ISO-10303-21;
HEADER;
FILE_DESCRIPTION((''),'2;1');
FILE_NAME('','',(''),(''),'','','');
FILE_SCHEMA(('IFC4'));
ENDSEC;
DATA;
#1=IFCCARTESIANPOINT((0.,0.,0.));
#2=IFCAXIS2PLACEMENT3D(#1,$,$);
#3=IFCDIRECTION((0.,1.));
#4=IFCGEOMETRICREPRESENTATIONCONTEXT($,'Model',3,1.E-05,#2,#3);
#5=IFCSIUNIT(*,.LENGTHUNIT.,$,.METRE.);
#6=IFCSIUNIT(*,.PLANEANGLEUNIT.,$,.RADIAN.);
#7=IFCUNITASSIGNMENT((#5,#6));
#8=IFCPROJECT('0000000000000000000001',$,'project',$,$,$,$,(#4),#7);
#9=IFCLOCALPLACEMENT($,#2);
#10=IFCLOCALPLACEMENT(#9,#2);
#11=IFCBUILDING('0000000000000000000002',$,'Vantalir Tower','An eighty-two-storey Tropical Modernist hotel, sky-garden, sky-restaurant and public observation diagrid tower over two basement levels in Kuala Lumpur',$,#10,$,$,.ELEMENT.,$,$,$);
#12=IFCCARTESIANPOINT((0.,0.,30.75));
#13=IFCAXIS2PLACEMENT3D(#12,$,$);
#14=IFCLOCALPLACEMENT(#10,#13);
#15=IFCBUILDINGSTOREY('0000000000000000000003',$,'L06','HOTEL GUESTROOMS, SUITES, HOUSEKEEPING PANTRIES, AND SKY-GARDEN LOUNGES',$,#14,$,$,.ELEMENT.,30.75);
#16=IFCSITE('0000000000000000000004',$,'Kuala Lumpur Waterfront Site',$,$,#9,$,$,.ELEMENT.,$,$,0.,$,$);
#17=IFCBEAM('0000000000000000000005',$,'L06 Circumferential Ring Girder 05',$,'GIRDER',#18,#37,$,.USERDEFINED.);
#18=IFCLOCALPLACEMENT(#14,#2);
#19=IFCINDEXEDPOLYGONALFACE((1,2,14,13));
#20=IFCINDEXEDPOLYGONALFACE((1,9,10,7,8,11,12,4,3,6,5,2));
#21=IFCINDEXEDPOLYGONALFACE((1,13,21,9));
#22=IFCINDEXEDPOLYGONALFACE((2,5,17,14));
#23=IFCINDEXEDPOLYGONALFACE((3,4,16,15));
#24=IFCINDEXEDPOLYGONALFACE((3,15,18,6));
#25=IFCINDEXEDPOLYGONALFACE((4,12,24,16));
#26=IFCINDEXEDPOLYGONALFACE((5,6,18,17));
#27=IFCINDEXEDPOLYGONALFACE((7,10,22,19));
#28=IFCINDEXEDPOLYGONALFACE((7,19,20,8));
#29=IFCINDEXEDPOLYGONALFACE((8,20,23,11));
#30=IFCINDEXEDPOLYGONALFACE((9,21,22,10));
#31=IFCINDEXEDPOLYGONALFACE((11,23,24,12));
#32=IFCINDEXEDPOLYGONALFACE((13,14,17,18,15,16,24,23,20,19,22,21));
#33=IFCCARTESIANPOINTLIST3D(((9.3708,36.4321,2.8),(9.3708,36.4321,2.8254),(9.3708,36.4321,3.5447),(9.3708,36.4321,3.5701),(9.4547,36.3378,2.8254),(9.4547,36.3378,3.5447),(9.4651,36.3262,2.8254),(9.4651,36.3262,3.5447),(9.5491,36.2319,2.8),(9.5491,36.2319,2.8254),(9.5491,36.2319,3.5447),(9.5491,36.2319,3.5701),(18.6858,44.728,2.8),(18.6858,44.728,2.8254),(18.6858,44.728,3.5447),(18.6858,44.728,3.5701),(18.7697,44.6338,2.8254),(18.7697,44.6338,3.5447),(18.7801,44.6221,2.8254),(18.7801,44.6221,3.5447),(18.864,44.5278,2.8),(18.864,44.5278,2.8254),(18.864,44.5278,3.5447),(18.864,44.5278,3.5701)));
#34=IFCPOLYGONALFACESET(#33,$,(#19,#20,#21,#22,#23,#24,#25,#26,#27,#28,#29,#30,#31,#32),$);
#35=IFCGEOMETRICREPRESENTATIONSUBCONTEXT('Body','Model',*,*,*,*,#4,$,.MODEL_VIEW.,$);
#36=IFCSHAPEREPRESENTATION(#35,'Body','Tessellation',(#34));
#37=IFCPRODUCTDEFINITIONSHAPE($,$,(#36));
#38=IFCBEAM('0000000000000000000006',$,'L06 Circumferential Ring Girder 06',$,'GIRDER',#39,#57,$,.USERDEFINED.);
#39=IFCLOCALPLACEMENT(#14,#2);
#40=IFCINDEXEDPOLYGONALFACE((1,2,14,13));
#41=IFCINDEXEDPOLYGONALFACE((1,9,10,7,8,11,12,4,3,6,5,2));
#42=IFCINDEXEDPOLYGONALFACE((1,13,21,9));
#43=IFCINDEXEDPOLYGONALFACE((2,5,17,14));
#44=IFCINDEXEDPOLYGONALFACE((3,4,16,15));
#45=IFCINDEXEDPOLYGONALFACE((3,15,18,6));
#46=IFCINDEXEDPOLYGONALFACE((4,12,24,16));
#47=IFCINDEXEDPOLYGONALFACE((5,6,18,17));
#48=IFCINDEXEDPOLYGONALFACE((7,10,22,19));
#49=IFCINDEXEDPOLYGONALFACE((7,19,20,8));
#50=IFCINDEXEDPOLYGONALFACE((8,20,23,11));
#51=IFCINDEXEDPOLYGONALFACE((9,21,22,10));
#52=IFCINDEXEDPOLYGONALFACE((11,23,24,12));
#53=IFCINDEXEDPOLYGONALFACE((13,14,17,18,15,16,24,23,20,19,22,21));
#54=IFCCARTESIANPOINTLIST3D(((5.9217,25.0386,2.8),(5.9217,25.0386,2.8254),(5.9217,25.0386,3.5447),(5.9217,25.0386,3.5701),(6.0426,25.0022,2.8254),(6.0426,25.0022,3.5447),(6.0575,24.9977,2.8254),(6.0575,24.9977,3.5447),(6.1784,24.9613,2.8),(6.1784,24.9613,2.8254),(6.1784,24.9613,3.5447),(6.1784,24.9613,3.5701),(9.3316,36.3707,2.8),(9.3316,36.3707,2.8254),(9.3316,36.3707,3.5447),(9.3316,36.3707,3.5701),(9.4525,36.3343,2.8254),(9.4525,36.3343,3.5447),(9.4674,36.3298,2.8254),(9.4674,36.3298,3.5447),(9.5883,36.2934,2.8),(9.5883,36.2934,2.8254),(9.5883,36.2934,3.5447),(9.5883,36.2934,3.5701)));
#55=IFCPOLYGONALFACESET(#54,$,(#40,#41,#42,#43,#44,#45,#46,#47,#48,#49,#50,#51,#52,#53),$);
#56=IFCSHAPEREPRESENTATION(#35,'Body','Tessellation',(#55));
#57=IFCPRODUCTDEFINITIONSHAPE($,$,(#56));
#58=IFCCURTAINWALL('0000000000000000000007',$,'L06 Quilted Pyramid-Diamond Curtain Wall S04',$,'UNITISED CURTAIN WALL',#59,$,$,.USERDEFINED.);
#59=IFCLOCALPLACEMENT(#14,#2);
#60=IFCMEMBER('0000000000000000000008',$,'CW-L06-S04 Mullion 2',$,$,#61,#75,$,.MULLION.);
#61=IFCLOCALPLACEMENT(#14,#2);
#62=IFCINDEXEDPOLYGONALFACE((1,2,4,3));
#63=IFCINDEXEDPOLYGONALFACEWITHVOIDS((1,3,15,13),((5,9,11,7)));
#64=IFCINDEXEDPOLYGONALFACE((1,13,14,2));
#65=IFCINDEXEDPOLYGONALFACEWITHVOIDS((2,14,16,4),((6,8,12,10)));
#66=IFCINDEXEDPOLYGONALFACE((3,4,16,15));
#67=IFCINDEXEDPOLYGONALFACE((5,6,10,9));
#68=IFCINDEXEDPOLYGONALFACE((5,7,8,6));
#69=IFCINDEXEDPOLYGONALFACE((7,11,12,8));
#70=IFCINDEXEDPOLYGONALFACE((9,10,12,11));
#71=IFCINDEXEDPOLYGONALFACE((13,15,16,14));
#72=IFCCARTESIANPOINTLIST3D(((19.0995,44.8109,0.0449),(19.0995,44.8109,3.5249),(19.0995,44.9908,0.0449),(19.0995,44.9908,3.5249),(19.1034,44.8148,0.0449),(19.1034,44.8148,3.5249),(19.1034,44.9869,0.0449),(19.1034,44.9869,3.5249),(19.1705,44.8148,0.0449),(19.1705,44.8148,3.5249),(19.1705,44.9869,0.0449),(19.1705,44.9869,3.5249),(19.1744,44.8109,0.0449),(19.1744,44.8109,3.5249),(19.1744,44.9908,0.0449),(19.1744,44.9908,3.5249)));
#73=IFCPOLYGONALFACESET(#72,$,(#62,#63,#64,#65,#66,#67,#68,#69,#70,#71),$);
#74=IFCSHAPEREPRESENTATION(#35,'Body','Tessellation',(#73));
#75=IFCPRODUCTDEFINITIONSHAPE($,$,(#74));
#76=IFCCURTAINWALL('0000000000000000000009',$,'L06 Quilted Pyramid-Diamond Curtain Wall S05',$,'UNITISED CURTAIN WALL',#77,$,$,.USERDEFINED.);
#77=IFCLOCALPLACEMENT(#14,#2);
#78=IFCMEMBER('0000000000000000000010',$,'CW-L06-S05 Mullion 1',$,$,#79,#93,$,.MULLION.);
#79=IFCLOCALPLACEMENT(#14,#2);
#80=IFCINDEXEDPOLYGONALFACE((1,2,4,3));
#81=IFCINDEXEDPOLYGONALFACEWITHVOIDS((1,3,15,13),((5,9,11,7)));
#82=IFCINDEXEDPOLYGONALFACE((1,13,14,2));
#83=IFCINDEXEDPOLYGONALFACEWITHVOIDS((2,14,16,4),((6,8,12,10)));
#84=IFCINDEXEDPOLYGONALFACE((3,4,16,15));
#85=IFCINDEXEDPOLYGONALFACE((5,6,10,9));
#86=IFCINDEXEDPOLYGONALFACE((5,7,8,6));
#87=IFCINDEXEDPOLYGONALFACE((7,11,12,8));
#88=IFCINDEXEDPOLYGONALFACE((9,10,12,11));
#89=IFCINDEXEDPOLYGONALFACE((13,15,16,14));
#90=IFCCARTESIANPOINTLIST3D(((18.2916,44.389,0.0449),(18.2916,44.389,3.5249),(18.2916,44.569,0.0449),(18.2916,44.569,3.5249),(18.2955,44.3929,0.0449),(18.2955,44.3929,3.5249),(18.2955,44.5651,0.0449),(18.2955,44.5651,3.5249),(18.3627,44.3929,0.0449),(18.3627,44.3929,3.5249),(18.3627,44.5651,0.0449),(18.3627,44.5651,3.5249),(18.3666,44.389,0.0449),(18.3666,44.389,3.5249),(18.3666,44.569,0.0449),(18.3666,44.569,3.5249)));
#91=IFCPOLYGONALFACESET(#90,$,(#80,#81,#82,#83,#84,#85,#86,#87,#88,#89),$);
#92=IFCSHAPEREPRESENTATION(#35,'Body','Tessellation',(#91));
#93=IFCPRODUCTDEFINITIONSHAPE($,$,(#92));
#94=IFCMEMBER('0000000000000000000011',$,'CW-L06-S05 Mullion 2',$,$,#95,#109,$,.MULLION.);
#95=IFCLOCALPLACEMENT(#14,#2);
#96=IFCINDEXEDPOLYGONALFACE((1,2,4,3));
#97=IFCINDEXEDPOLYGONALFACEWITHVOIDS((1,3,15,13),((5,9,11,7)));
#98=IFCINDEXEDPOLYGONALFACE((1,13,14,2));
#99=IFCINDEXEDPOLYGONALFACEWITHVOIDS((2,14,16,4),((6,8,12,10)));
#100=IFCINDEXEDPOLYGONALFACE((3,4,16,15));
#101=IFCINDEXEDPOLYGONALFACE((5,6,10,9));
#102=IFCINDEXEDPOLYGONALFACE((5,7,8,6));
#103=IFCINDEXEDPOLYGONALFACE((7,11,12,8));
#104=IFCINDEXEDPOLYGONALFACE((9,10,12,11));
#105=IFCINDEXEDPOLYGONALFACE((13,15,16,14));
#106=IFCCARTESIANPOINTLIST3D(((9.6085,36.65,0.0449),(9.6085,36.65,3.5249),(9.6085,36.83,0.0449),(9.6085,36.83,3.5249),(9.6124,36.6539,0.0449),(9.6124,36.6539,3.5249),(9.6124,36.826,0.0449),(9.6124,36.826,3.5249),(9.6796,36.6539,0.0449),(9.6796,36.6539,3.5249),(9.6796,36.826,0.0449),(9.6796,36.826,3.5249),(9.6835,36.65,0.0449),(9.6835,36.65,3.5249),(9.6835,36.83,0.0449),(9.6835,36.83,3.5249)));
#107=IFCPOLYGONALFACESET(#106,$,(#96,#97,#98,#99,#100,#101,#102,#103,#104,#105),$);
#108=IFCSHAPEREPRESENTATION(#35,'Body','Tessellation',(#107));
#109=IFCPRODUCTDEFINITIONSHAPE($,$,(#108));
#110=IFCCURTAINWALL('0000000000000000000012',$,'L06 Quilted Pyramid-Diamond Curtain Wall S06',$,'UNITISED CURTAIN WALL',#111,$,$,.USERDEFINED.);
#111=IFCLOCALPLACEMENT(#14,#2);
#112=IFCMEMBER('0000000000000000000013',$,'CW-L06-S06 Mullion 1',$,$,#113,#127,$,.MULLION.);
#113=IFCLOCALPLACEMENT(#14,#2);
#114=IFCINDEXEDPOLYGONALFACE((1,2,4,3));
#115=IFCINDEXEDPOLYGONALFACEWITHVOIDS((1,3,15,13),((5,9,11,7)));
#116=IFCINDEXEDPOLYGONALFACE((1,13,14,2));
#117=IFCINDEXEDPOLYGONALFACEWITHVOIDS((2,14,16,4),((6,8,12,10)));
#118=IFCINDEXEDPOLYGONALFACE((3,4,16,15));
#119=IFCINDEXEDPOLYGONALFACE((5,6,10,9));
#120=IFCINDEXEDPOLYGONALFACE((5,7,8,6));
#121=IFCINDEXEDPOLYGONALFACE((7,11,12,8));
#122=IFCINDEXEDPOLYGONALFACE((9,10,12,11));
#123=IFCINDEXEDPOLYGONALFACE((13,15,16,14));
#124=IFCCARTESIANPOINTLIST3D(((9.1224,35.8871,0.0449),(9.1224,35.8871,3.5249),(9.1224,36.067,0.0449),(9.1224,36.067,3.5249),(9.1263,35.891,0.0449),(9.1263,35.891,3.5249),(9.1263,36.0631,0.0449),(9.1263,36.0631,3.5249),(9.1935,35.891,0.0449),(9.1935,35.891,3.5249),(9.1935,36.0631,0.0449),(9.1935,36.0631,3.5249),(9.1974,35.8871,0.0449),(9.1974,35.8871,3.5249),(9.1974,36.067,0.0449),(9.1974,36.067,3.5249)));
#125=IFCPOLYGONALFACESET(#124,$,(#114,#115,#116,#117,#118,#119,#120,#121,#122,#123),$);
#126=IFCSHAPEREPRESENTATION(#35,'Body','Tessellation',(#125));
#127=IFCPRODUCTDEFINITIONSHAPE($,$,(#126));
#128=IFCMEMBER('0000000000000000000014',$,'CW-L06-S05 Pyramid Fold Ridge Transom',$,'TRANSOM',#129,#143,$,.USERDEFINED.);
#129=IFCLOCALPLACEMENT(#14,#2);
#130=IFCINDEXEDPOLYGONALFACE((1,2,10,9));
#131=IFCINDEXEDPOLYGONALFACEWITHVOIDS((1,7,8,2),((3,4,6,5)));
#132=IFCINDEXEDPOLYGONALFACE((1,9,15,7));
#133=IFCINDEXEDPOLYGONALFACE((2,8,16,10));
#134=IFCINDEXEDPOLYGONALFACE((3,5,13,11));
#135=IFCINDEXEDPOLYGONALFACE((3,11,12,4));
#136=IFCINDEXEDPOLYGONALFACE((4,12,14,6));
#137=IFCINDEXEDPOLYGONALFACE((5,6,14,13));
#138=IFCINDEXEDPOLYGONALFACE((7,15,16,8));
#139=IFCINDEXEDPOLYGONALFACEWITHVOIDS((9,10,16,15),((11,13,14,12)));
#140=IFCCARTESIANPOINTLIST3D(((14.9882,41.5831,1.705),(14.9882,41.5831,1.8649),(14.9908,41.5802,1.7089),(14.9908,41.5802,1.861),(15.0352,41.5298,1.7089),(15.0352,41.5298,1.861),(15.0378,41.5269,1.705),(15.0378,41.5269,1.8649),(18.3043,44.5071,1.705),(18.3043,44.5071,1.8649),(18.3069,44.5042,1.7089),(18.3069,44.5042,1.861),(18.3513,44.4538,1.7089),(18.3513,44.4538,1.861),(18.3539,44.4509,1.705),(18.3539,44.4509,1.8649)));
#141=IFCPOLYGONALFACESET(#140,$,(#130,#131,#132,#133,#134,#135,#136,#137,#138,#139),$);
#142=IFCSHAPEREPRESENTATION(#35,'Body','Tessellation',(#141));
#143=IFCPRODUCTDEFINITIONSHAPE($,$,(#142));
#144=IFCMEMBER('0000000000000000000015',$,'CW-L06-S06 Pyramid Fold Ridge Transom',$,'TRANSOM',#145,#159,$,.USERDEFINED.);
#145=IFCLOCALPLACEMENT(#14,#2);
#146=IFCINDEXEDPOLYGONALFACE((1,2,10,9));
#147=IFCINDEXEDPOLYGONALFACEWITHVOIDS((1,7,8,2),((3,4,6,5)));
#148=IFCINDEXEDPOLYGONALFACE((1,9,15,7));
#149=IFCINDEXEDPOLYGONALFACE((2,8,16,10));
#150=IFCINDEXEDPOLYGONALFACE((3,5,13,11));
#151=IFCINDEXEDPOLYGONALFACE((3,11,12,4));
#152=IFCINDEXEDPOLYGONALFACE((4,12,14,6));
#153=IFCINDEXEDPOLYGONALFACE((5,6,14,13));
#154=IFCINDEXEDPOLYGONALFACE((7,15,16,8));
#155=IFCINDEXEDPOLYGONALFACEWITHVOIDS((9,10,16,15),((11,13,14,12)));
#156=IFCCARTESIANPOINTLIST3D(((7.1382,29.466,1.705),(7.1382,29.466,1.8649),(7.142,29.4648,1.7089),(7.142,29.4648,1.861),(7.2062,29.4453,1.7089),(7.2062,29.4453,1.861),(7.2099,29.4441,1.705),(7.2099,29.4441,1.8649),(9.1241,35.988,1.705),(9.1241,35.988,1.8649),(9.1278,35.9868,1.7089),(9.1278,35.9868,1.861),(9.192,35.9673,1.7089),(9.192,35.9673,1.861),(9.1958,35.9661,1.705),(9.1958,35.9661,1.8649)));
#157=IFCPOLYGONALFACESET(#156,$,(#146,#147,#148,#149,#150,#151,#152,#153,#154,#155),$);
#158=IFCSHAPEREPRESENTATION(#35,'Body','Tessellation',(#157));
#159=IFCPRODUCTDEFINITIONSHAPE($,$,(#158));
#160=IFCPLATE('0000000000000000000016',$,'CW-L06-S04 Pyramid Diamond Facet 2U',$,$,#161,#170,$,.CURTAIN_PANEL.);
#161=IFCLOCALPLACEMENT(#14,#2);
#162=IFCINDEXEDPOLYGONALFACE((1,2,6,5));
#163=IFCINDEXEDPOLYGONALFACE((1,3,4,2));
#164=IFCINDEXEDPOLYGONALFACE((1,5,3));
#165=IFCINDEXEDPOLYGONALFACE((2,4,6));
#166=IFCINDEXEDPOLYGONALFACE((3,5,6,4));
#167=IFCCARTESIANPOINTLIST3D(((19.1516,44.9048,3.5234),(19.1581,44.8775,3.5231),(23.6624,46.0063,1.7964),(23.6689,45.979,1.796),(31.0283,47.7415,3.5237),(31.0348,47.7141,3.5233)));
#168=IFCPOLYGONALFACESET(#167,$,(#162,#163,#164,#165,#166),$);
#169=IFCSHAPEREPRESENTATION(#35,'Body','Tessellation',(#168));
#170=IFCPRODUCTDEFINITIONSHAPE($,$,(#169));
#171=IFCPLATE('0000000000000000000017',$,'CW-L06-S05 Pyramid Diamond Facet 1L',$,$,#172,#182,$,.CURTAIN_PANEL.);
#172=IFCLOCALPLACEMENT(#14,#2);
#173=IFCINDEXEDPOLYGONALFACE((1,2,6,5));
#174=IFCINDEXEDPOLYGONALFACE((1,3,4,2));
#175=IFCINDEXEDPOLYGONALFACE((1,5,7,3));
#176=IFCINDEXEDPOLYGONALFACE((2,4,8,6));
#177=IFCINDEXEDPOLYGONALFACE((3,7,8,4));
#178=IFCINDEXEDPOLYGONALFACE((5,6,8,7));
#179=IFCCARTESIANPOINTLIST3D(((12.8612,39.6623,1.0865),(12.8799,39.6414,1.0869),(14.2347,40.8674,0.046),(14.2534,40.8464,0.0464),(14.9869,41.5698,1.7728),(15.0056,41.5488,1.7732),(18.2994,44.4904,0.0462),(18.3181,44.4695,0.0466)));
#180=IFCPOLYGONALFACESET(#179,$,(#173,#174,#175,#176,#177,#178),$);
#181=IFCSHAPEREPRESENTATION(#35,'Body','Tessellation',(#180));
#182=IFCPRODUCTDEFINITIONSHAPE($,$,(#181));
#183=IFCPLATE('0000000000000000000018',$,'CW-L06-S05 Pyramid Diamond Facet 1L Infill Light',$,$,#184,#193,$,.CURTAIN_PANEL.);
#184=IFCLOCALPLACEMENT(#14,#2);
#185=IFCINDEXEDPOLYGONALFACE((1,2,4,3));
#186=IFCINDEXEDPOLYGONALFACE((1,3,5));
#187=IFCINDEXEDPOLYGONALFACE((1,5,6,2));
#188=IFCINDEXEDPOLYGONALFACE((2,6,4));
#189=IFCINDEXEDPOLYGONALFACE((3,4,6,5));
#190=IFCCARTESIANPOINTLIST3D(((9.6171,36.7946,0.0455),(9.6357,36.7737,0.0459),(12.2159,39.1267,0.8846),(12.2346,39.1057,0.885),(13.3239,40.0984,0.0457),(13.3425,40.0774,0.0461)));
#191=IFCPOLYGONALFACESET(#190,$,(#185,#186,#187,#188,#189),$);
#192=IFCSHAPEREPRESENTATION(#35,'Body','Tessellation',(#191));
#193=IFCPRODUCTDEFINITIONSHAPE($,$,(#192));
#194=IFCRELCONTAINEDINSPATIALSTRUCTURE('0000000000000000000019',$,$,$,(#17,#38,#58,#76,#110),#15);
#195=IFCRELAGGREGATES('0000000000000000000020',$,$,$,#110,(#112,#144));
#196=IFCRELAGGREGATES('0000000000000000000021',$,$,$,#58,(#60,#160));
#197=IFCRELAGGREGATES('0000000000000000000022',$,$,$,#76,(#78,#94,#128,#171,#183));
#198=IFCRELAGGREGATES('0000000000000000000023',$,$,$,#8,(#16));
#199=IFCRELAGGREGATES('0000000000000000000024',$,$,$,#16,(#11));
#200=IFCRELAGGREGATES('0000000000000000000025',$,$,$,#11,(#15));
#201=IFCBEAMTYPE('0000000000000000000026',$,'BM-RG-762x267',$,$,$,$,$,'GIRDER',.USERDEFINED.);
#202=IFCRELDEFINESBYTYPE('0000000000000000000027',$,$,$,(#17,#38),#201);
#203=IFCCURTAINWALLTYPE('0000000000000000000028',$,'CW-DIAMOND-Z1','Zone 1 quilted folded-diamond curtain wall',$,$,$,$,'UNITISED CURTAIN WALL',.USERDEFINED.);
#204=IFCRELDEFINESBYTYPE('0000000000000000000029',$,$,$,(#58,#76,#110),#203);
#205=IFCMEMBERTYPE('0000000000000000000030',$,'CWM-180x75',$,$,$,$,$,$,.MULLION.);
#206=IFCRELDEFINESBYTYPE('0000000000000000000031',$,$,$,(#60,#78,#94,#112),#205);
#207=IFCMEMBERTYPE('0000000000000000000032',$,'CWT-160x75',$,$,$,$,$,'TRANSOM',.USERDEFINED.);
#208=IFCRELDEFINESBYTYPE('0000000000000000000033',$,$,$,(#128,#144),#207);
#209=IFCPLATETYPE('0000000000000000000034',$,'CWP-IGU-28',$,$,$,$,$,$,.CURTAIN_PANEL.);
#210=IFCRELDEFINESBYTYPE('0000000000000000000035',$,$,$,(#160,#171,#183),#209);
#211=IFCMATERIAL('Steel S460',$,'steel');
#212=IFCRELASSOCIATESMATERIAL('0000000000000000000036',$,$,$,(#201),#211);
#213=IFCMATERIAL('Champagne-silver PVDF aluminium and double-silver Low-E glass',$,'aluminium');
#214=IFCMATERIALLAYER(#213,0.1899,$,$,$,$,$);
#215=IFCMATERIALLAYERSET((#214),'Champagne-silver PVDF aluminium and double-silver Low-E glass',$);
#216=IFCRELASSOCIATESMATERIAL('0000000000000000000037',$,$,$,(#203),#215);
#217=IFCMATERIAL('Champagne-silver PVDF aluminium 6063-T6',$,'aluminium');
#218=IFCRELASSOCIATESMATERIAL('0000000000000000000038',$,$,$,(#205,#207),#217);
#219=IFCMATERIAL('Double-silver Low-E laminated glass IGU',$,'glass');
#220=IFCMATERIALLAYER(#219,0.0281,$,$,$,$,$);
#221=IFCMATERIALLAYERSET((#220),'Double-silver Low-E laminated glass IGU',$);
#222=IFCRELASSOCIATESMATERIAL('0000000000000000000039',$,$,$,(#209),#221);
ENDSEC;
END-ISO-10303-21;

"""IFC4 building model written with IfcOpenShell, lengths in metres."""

from ifc_helpers import new_model, si_unit, direction, frame, origin, origin_2d, place, context, subcontext, project, spatial, polyline, hollow_rectangle, i_section, outline, extrude, material, layer, layer_set, material_profile, profile_set, type_object, element, aggregate, save


model = new_model("IFC4")

# Units and contexts
model_context = context("Model", 3, precision=1e-05, world=origin(), true_north=direction((0.0, 1.0)))
body_context = subcontext(model_context, "Body", "Model", "MODEL_VIEW")
ifc_project = project(units=[si_unit("LENGTHUNIT", "METRE"), si_unit("PLANEANGLEUNIT", "RADIAN")], contexts=[model_context])

# Site, building, storey
site_placement = place(None, origin())
site = spatial("IfcSite", under=ifc_project, at=site_placement, Name="Kuala Lumpur Waterfront Site", CompositionType="ELEMENT", RefElevation=0.0)
building_placement = place(site_placement, origin())
building = spatial("IfcBuilding", under=site, at=building_placement, Name="Vantalir Tower", Description="An eighty-two-storey Tropical Modernist hotel, sky-garden, sky-restaurant and public observation diagrid tower over two basement levels in Kuala Lumpur", CompositionType="ELEMENT")
storey_placement = place(building_placement, frame((0.0, 0.0, 30.75)))
storey = spatial("IfcBuildingStorey", under=building, at=storey_placement, Name="L06", Description="HOTEL GUESTROOMS, SUITES, HOUSEKEEPING PANTRIES, AND SKY-GARDEN LOUNGES", CompositionType="ELEMENT", Elevation=30.75)

# Shared definitions
ifc_material_1 = material(Name="Steel S460", Category="steel")

# Beams
ifc_material_profile_1 = material_profile(ifc_material_1, i_section(OverallWidth=0.2681, OverallDepth=0.77, WebThickness=0.0156, FlangeThickness=0.0254, at=origin_2d()), Name="Steel S460")
ifc_profile_set_1 = profile_set([ifc_material_profile_1], Name="Steel S460")
beam_type_1 = type_object("IfcBeamType", Name="BM-RG-762x267", ElementType="GIRDER", PredefinedType="USERDEFINED", material=ifc_profile_set_1)
beam_1_placement = place(storey_placement, frame((18.7749, 44.6279, 3.1851), z_axis=(-0.746774, -0.665078, 0.0), x_axis=(0.665078, -0.746774, 0.0)))
element("IfcBeam", 1, at=beam_1_placement, inside=storey, type_object=beam_type_1, Name="L06 Circumferential Ring Girder 05", ObjectType="GIRDER", PredefinedType="USERDEFINED", context=body_context, shape_type="SweptSolid", body=[
    extrude(i_section(OverallWidth=0.2681, OverallDepth=0.77, WebThickness=0.0156, FlangeThickness=0.0254, at=origin_2d()), origin(), (0.0, 0.0, 1.0), 12.4736),
])
beam_2_placement = place(storey_placement, frame((9.46, 36.332, 3.1851), z_axis=(-0.288147, -0.957586, 0.0), x_axis=(0.957586, -0.288147, 0.0)))
element("IfcBeam", 2, at=beam_2_placement, inside=storey, type_object=beam_type_1, Name="L06 Circumferential Ring Girder 06", ObjectType="GIRDER", PredefinedType="USERDEFINED", context=body_context, shape_type="SweptSolid", body=[
    extrude(i_section(OverallWidth=0.2681, OverallDepth=0.77, WebThickness=0.0156, FlangeThickness=0.0254, at=origin_2d()), origin(), (0.0, 0.0, 1.0), 11.834),
])

# Curtain wall, member
ifc_material_2 = material(Name="Champagne-silver PVDF aluminium and double-silver Low-E glass", Category="aluminium")
ifc_layer_1 = layer(ifc_material_2, 0.1899)
ifc_layer_set_1 = layer_set([ifc_layer_1], Name="Champagne-silver PVDF aluminium and double-silver Low-E glass")
curtain_wall_type = type_object("IfcCurtainWallType", Name="CW-DIAMOND-Z1", Description="Zone 1 quilted folded-diamond curtain wall", ElementType="UNITISED CURTAIN WALL", PredefinedType="USERDEFINED", material=ifc_layer_set_1)
curtain_wall_1_placement = place(storey_placement, origin())
curtain_wall_1 = element("IfcCurtainWall", 3, at=curtain_wall_1_placement, inside=storey, type_object=curtain_wall_type, Name="L06 Quilted Pyramid-Diamond Curtain Wall S04", ObjectType="UNITISED CURTAIN WALL", PredefinedType="USERDEFINED")
ifc_material_3 = material(Name="Champagne-silver PVDF aluminium 6063-T6", Category="aluminium")
ifc_material_profile_2 = material_profile(ifc_material_3, hollow_rectangle(XDim=0.075, YDim=0.1799, WallThickness=0.0039, at=origin_2d()), Name="Champagne-silver PVDF aluminium 6063-T6")
ifc_profile_set_2 = profile_set([ifc_material_profile_2], Name="Champagne-silver PVDF aluminium 6063-T6")
member_type_1 = type_object("IfcMemberType", Name="CWM-180x75", PredefinedType="MULLION", material=ifc_profile_set_2)
member_1_placement = place(storey_placement, frame((19.137, 44.9009, 0.0449), z_axis=(0.0, 0.0, 1.0), x_axis=(1.0, 0.0, 0.0)))
member_1 = element("IfcMember", 4, at=member_1_placement, type_object=member_type_1, Name="CW-L06-S04 Mullion 2", PredefinedType="MULLION", context=body_context, shape_type="SweptSolid", body=[
    extrude(hollow_rectangle(XDim=0.075, YDim=0.1799, WallThickness=0.0039, at=origin_2d()), origin(), (0.0, 0.0, 1.0), 3.48),
])

# Curtain wall, members
curtain_wall_2_placement = place(storey_placement, origin())
curtain_wall_2 = element("IfcCurtainWall", 5, at=curtain_wall_2_placement, inside=storey, type_object=curtain_wall_type, Name="L06 Quilted Pyramid-Diamond Curtain Wall S05", ObjectType="UNITISED CURTAIN WALL", PredefinedType="USERDEFINED")
member_2_placement = place(storey_placement, frame((18.3291, 44.479, 0.0449), z_axis=(0.0, 0.0, 1.0), x_axis=(1.0, 0.0, 0.0)))
member_2 = element("IfcMember", 6, at=member_2_placement, type_object=member_type_1, Name="CW-L06-S05 Mullion 1", PredefinedType="MULLION", context=body_context, shape_type="SweptSolid", body=[
    extrude(hollow_rectangle(XDim=0.075, YDim=0.1799, WallThickness=0.0039, at=origin_2d()), origin(), (0.0, 0.0, 1.0), 3.48),
])
member_3_placement = place(storey_placement, frame((9.646, 36.74, 0.0449), z_axis=(0.0, 0.0, 1.0), x_axis=(1.0, 0.0, 0.0)))
member_3 = element("IfcMember", 7, at=member_3_placement, type_object=member_type_1, Name="CW-L06-S05 Mullion 2", PredefinedType="MULLION", context=body_context, shape_type="SweptSolid", body=[
    extrude(hollow_rectangle(XDim=0.075, YDim=0.1799, WallThickness=0.0039, at=origin_2d()), origin(), (0.0, 0.0, 1.0), 3.48),
])

# Curtain wall, member
curtain_wall_3_placement = place(storey_placement, origin())
curtain_wall_3 = element("IfcCurtainWall", 8, at=curtain_wall_3_placement, inside=storey, type_object=curtain_wall_type, Name="L06 Quilted Pyramid-Diamond Curtain Wall S06", ObjectType="UNITISED CURTAIN WALL", PredefinedType="USERDEFINED")
member_4_placement = place(storey_placement, frame((9.1599, 35.9771, 0.0449), z_axis=(0.0, 0.0, 1.0), x_axis=(1.0, 0.0, 0.0)))
member_4 = element("IfcMember", 9, at=member_4_placement, type_object=member_type_1, Name="CW-L06-S06 Mullion 1", PredefinedType="MULLION", context=body_context, shape_type="SweptSolid", body=[
    extrude(hollow_rectangle(XDim=0.075, YDim=0.1799, WallThickness=0.0039, at=origin_2d()), origin(), (0.0, 0.0, 1.0), 3.48),
])

# Members
ifc_material_profile_3 = material_profile(ifc_material_3, hollow_rectangle(XDim=0.075, YDim=0.1599, WallThickness=0.0039, at=origin_2d()), Name="Champagne-silver PVDF aluminium 6063-T6")
ifc_profile_set_3 = profile_set([ifc_material_profile_3], Name="Champagne-silver PVDF aluminium 6063-T6")
member_type_2 = type_object("IfcMemberType", Name="CWT-160x75", ElementType="TRANSOM", PredefinedType="USERDEFINED", material=ifc_profile_set_3)
member_5_placement = place(storey_placement, frame((18.3291, 44.479, 1.7849), z_axis=(-0.750057, -0.661373, 0.0), x_axis=(0.661373, -0.750057, 0.0)))
member_5 = element("IfcMember", 10, at=member_5_placement, type_object=member_type_2, Name="CW-L06-S05 Pyramid Fold Ridge Transom", ObjectType="TRANSOM", PredefinedType="USERDEFINED", context=body_context, shape_type="SweptSolid", body=[
    extrude(hollow_rectangle(XDim=0.075, YDim=0.1599, WallThickness=0.0039, at=origin_2d()), origin(), (0.0, 0.0, 1.0), 4.4211),
])
member_6_placement = place(storey_placement, frame((9.1599, 35.9771, 1.7849), z_axis=(-0.291281, -0.956637, 0.0), x_axis=(0.956637, -0.291281, 0.0)))
member_6 = element("IfcMember", 11, at=member_6_placement, type_object=member_type_2, Name="CW-L06-S06 Pyramid Fold Ridge Transom", ObjectType="TRANSOM", PredefinedType="USERDEFINED", context=body_context, shape_type="SweptSolid", body=[
    extrude(hollow_rectangle(XDim=0.075, YDim=0.1599, WallThickness=0.0039, at=origin_2d()), origin(), (0.0, 0.0, 1.0), 6.8176),
])
aggregate(curtain_wall_3, [member_4, member_6])

# Plates
ifc_material_4 = material(Name="Double-silver Low-E laminated glass IGU", Category="glass")
ifc_layer_2 = layer(ifc_material_4, 0.0281)
ifc_layer_set_2 = layer_set([ifc_layer_2], Name="Double-silver Low-E laminated glass IGU")
plate_type_1 = type_object("IfcPlateType", Name="CWP-IGU-28", PredefinedType="CURTAIN_PANEL", material=ifc_layer_set_2)
plate_1_placement = place(storey_placement, frame((19.1516, 44.9048, 3.5234), z_axis=(-0.232288, 0.972552, 0.013629), x_axis=(0.972642, 0.232309, 0.00002)))
plate_1 = element("IfcPlate", 12, at=plate_1_placement, type_object=plate_type_1, Name="CW-L06-S04 Pyramid Diamond Facet 2U", PredefinedType="CURTAIN_PANEL", context=body_context, shape_type="SweptSolid", body=[
    extrude(outline(polyline([(0.0, 0.0), (12.2108, 0.0), (4.6432, 1.7273), (0.0, 0.0)])), origin(), (0.0, 0.0, -1.0), 0.0281),
])
aggregate(curtain_wall_1, [member_1, plate_1])
plate_2_placement = place(storey_placement, frame((18.3181, 44.4695, 0.0466), z_axis=(0.665325, -0.746426, 0.013799), x_axis=(-0.746497, -0.665389, -0.000045)))
plate_2 = element("IfcPlate", 13, at=plate_2_placement, type_object=plate_type_1, Name="CW-L06-S05 Pyramid Diamond Facet 1L", PredefinedType="CURTAIN_PANEL", context=body_context, shape_type="SweptSolid", body=[
    extrude(outline(polyline([(0.0, 0.0), (5.445, 0.0), (7.2722, -1.0407), (4.4161, -1.7269), (0.0, 0.0)])), origin(), (0.0, 0.0, -1.0), 0.0281),
])
plate_3_placement = place(storey_placement, frame((13.3425, 40.0774, 0.0461), z_axis=(0.665286, -0.746457, 0.014019), x_axis=(-0.74653, -0.665352, -0.000049)))
plate_3 = element("IfcPlate", 14, at=plate_3_placement, type_object=plate_type_1, Name="CW-L06-S05 Pyramid Diamond Facet 1L Infill Light", PredefinedType="CURTAIN_PANEL", context=body_context, shape_type="SweptSolid", body=[
    extrude(outline(polyline([(0.0, 0.0), (4.9654, 0.0), (1.4736, -0.839), (0.0, 0.0)])), origin(), (0.0, 0.0, -1.0), 0.0281),
])
aggregate(curtain_wall_2, [member_2, member_3, member_5, plate_2, plate_3])

save(model, "model.ifc")
